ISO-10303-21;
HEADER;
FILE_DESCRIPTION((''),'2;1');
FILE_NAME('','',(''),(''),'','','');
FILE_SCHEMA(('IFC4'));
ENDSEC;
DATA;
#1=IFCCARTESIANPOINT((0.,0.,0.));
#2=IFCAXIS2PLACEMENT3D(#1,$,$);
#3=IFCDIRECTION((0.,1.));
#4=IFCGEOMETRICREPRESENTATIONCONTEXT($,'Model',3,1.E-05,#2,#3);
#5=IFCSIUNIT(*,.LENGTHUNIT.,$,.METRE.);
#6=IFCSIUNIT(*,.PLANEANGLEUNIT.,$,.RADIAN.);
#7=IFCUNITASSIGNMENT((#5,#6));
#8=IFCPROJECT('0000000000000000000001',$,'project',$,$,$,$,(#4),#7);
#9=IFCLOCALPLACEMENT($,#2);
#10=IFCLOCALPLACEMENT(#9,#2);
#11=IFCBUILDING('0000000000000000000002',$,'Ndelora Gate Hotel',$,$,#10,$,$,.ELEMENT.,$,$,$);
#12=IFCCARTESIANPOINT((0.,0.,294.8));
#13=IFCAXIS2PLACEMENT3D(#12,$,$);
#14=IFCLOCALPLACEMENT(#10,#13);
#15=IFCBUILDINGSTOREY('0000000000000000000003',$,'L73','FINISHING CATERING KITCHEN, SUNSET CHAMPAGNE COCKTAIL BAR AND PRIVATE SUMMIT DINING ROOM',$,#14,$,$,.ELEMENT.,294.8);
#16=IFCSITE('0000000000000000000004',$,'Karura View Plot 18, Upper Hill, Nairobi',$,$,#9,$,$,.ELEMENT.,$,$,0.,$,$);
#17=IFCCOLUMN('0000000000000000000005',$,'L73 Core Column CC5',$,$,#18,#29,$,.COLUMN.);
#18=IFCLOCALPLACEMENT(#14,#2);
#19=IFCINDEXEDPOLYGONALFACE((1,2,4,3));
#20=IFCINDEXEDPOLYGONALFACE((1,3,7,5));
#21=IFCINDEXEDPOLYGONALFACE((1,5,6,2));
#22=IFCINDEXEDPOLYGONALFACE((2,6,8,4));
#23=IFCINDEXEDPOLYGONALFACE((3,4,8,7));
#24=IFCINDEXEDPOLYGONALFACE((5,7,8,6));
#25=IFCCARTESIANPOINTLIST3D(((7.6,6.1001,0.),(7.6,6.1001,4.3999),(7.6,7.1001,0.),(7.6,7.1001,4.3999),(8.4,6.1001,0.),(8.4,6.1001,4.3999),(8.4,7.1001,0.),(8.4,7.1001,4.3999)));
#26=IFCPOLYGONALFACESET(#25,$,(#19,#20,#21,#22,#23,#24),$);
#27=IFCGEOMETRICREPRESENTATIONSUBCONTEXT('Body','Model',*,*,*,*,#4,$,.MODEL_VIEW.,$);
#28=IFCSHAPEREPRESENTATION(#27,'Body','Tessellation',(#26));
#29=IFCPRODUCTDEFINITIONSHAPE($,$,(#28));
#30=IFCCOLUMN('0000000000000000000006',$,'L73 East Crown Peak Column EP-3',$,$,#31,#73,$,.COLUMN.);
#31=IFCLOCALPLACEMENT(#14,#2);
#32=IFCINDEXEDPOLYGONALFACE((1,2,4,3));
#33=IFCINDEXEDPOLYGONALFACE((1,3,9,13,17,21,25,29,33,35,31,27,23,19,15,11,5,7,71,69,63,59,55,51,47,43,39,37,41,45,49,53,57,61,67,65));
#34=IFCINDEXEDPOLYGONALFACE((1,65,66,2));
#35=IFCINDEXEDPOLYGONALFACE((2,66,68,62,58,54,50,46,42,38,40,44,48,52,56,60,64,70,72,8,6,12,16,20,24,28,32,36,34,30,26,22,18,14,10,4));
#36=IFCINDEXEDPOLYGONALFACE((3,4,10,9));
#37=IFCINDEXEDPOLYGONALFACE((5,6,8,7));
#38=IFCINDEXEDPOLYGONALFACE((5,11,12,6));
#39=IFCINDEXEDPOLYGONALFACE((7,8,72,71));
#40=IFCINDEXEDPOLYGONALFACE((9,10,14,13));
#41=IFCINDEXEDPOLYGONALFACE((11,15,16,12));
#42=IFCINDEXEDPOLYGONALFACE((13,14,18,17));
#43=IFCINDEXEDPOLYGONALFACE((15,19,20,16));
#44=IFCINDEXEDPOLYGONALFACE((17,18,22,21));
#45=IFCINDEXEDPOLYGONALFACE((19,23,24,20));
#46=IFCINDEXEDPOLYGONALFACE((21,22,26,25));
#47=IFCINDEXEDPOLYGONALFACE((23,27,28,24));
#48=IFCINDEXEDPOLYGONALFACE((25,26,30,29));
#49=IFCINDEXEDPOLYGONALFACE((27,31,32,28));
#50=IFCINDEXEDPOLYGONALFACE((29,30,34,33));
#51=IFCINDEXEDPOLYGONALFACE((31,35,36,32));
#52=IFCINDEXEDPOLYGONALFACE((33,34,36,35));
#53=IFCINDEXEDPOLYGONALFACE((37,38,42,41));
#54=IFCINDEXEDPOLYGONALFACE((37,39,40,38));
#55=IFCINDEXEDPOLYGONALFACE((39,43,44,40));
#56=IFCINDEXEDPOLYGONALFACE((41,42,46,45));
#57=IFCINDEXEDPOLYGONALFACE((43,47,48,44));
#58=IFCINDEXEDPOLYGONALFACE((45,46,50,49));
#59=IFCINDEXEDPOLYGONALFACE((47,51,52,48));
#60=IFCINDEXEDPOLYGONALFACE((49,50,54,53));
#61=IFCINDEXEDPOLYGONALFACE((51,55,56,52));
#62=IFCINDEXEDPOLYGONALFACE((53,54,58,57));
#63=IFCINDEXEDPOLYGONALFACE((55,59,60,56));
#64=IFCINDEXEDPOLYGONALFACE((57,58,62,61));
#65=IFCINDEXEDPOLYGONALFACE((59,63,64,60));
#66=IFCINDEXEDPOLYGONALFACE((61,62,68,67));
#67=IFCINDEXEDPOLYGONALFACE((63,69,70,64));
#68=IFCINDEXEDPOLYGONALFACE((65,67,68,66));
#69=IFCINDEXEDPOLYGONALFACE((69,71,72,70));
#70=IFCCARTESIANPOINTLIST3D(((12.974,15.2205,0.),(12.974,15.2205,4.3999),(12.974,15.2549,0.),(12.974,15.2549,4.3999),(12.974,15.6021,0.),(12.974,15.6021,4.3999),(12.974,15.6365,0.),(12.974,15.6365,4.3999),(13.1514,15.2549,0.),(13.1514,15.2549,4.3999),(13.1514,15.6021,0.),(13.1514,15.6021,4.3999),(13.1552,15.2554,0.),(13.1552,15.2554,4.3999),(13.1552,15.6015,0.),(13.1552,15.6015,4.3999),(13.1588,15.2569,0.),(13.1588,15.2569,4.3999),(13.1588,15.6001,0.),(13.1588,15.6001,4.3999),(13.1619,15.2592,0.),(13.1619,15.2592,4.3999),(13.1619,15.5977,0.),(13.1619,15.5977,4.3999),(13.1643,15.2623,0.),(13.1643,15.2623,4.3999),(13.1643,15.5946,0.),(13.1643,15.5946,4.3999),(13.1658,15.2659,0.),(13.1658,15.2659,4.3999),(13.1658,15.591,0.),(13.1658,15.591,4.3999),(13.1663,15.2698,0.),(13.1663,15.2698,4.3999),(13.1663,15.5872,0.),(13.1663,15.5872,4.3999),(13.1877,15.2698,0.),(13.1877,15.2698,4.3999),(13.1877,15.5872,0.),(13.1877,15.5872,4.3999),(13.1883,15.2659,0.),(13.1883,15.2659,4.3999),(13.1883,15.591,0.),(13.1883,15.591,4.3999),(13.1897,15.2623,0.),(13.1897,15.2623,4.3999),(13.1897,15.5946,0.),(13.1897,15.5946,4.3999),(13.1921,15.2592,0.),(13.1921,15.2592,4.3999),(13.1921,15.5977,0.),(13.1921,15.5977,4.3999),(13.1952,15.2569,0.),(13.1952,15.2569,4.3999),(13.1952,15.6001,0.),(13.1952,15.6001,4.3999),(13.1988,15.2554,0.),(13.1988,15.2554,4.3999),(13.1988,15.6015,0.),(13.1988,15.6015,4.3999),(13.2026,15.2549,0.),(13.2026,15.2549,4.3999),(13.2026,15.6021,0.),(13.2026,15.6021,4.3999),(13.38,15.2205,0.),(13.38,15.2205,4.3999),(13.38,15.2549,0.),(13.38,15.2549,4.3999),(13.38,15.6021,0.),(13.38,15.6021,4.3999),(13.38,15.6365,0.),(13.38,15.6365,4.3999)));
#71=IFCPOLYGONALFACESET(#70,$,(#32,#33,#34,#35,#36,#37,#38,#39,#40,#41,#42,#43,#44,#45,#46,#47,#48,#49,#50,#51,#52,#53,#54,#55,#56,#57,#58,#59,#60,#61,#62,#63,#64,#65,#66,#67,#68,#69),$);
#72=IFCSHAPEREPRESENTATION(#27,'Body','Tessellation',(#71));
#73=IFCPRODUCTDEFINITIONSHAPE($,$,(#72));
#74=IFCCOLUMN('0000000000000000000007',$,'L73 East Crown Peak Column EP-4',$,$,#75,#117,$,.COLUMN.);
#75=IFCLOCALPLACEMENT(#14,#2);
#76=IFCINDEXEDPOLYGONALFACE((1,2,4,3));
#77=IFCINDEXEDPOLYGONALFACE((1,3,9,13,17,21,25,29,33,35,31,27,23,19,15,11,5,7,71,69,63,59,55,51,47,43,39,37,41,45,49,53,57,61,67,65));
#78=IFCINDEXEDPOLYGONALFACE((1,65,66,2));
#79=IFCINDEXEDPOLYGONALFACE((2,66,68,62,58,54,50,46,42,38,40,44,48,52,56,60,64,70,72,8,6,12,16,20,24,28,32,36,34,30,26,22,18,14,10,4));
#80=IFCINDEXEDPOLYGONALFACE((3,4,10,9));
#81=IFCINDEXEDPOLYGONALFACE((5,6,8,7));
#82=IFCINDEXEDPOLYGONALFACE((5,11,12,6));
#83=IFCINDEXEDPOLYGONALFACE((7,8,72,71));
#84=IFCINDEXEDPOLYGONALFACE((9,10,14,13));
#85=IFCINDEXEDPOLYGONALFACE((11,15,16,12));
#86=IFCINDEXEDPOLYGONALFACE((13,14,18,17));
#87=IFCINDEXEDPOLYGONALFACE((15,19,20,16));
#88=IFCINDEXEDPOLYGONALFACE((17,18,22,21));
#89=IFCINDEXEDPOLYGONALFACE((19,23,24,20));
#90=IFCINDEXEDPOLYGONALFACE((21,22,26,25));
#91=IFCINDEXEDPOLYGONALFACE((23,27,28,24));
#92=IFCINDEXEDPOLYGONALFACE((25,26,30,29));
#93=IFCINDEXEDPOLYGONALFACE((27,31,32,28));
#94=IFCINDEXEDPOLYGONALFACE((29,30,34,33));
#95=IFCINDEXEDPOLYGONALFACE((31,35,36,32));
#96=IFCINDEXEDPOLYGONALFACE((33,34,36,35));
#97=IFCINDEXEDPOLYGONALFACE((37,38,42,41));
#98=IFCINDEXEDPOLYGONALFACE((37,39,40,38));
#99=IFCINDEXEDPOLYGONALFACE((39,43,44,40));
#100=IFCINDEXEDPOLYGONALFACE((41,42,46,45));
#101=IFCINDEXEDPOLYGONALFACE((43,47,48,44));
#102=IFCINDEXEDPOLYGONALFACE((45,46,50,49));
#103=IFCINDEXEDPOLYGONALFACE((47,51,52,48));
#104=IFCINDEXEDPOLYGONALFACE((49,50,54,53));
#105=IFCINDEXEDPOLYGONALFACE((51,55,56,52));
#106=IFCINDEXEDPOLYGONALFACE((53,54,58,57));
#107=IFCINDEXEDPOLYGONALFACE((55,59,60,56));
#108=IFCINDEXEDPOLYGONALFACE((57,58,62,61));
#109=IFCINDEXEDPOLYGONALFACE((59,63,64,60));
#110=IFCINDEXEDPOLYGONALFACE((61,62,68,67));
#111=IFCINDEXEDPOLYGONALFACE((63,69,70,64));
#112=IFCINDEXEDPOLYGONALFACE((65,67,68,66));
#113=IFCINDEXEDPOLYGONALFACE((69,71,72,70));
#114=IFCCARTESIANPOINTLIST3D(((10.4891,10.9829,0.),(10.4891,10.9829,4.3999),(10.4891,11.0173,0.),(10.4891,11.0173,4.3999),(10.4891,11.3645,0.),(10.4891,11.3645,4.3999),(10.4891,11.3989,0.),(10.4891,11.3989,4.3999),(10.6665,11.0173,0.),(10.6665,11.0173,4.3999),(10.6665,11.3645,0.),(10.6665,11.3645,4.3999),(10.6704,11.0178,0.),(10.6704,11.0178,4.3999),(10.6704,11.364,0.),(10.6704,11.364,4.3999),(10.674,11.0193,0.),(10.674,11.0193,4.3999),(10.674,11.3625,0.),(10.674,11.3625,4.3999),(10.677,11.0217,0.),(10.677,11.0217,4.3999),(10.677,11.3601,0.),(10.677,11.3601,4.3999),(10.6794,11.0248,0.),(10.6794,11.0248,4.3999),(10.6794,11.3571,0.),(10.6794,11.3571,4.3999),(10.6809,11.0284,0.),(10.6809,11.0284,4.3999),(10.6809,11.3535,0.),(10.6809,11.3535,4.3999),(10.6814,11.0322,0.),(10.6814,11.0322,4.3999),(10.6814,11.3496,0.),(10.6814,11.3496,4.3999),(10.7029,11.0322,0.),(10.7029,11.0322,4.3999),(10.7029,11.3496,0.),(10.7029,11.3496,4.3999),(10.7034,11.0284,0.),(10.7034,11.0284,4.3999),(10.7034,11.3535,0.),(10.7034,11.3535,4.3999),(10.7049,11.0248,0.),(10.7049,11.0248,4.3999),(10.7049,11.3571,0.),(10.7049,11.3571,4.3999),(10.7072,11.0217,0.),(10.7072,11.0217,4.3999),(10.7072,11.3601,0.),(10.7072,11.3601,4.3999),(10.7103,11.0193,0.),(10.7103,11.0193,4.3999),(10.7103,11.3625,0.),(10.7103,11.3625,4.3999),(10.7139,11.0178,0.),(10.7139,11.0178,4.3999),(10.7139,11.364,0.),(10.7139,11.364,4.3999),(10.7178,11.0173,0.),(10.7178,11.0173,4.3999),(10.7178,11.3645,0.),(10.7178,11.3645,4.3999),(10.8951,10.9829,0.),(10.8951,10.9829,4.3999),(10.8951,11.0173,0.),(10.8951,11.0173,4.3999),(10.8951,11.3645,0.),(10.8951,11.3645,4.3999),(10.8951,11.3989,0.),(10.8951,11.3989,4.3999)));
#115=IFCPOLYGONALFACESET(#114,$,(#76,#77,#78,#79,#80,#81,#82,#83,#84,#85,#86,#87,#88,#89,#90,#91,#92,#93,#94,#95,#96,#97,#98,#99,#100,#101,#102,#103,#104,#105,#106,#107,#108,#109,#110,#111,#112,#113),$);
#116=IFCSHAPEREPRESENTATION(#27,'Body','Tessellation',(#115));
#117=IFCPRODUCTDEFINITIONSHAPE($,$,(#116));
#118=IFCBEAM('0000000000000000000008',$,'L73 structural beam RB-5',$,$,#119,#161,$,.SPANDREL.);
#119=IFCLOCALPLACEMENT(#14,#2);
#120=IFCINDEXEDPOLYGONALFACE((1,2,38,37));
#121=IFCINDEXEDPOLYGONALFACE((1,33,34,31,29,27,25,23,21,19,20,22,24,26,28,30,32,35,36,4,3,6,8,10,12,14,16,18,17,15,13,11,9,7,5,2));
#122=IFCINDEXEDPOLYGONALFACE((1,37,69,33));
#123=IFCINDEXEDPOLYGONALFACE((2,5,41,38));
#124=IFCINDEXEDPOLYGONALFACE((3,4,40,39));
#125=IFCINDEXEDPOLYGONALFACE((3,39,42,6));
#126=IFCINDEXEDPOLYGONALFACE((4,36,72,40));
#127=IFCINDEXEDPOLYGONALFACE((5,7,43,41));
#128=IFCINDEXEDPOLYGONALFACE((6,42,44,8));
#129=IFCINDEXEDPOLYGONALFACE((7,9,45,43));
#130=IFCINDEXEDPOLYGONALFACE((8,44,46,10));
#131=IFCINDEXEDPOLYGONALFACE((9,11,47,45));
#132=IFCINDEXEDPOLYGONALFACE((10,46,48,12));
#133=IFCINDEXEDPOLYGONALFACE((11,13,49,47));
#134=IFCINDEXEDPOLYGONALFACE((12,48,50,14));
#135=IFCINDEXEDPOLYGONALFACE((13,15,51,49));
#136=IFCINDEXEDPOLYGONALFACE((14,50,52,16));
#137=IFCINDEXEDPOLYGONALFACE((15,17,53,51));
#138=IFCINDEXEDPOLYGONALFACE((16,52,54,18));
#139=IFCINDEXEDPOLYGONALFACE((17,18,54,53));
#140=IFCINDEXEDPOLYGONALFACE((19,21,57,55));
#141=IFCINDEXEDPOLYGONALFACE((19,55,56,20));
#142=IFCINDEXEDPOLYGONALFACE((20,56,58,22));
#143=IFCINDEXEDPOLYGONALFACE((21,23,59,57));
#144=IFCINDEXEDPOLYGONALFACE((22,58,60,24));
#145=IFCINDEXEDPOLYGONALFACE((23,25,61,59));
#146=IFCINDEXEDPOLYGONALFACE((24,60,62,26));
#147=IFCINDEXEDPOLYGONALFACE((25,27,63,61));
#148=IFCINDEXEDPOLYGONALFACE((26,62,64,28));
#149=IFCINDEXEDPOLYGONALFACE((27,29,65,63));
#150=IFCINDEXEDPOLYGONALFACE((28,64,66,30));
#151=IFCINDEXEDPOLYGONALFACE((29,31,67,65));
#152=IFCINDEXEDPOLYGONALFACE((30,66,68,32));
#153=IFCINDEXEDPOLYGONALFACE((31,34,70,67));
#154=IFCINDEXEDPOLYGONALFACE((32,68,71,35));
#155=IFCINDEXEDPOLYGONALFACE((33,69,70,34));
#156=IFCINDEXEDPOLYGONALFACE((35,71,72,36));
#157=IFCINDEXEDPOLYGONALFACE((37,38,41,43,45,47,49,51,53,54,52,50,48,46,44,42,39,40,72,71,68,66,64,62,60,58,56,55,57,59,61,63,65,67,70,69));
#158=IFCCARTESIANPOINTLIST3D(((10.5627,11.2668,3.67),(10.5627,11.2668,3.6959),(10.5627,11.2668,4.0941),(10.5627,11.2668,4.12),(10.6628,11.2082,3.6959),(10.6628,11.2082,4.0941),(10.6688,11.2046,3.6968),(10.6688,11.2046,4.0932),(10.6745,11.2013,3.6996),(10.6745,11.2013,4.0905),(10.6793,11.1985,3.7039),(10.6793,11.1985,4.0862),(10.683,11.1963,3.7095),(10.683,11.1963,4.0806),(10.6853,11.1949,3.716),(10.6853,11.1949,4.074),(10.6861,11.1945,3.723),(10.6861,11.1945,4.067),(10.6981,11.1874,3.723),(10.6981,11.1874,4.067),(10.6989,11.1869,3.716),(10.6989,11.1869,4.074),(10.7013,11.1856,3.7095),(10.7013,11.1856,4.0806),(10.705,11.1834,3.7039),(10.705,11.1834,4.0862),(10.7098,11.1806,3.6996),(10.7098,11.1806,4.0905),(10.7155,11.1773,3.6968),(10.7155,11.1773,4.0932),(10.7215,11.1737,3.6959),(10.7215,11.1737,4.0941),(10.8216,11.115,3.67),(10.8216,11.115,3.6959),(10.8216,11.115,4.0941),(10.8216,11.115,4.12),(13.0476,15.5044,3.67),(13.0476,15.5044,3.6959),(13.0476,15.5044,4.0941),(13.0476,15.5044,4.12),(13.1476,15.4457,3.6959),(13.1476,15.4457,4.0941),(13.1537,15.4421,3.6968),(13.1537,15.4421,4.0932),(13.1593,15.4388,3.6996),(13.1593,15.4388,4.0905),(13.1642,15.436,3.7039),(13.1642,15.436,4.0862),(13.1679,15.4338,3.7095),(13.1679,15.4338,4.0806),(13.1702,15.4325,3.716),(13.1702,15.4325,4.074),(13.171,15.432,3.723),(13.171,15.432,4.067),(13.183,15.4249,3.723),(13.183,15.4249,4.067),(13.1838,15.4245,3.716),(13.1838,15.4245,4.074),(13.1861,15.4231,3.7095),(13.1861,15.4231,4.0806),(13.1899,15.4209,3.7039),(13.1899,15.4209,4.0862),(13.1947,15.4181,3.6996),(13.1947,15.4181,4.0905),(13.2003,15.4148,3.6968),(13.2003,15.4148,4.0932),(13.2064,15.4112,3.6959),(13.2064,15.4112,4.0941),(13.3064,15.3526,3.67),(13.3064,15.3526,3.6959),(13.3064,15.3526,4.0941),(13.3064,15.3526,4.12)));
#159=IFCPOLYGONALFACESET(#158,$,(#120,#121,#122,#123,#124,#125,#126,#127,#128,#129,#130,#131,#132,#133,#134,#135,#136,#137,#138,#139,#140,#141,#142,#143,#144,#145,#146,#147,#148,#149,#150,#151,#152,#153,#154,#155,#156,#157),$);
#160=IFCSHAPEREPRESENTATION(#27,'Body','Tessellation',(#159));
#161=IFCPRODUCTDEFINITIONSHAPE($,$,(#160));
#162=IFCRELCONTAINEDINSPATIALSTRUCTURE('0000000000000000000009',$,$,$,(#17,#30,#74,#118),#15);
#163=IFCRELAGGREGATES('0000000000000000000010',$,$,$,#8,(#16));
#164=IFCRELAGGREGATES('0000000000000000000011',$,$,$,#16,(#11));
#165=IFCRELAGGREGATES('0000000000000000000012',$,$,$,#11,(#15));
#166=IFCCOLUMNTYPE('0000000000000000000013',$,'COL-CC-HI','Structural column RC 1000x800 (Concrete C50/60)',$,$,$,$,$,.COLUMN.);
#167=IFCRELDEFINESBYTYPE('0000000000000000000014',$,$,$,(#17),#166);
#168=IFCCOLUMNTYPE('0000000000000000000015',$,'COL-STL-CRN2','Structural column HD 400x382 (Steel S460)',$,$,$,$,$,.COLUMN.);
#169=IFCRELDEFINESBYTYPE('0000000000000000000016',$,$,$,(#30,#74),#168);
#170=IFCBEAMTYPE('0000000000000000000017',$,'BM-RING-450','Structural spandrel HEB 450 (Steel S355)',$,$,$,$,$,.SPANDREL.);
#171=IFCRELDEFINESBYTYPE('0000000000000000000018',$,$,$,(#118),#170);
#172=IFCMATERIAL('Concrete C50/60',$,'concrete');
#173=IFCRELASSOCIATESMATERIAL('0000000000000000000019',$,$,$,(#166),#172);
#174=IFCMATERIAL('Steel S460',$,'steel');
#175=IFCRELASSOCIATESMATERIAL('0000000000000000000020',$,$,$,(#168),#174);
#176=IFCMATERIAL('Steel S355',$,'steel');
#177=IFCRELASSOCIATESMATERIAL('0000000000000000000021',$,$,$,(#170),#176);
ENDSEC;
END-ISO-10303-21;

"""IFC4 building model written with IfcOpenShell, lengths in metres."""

from ifc_helpers import new_model, si_unit, direction, frame, origin, origin_2d, place, context, subcontext, project, spatial, rectangle, i_section, extrude, material, material_profile, profile_set, type_object, element, save


model = new_model("IFC4")

# Units and contexts
model_context = context("Model", 3, precision=1e-05, world=origin(), true_north=direction((0.0, 1.0)))
body_context = subcontext(model_context, "Body", "Model", "MODEL_VIEW")
ifc_project = project(units=[si_unit("LENGTHUNIT", "METRE"), si_unit("PLANEANGLEUNIT", "RADIAN")], contexts=[model_context])

# Site, building, storey
site_placement = place(None, origin())
site = spatial("IfcSite", under=ifc_project, at=site_placement, Name="Karura View Plot 18, Upper Hill, Nairobi", CompositionType="ELEMENT", RefElevation=0.0)
building_placement = place(site_placement, origin())
building = spatial("IfcBuilding", under=site, at=building_placement, Name="Ndelora Gate Hotel", CompositionType="ELEMENT")
storey_placement = place(building_placement, frame((0.0, 0.0, 294.8)))
storey = spatial("IfcBuildingStorey", under=building, at=storey_placement, Name="L73", Description="FINISHING CATERING KITCHEN, SUNSET CHAMPAGNE COCKTAIL BAR AND PRIVATE SUMMIT DINING ROOM", CompositionType="ELEMENT", Elevation=294.8)

# Columns
ifc_material_1 = material(Name="Concrete C50/60", Category="concrete")
ifc_material_profile_1 = material_profile(ifc_material_1, rectangle(XDim=0.8, YDim=1.0, at=origin_2d()), Name="RC 1000x800")
ifc_profile_set_1 = profile_set([ifc_material_profile_1], Name="Concrete C50/60")
column_type_1 = type_object("IfcColumnType", Name="COL-CC-HI", Description="Structural column RC 1000x800 (Concrete C50/60)", PredefinedType="COLUMN", material=ifc_profile_set_1)
column_placement = place(storey_placement, frame((8.0, 6.6001, 0.0), z_axis=(0.0, 0.0, 1.0), x_axis=(1.0, 0.0, 0.0)))
element("IfcColumn", 1, at=column_placement, inside=storey, type_object=column_type_1, Name="L73 Core Column CC5", PredefinedType="COLUMN", context=body_context, shape_type="SweptSolid", body=[
    extrude(rectangle(XDim=0.8, YDim=1.0, at=origin_2d()), origin(), (0.0, 0.0, 1.0), 4.3999),
])
ifc_material_2 = material(Name="Steel S460", Category="steel")
ifc_material_profile_2 = material_profile(ifc_material_2, i_section(OverallWidth=0.406, OverallDepth=0.416, WebThickness=0.0215, FlangeThickness=0.0344, FilletRadius=0.0149, at=origin_2d()), Name="HD 400x382")
ifc_profile_set_2 = profile_set([ifc_material_profile_2], Name="Steel S460")
column_type_2 = type_object("IfcColumnType", Name="COL-STL-CRN2", Description="Structural column HD 400x382 (Steel S460)", PredefinedType="COLUMN", material=ifc_profile_set_2)
for number, where, z_axis, x_axis, name in (
    (2, (13.177, 15.4285, 0.0), (0.0, 0.0, 1.0), (1.0, 0.0, 0.0), "L73 East Crown Peak Column EP-3"),
    (3, (10.6921, 11.1909, 0.0), (0.0, 0.0, 1.0), (1.0, 0.0, 0.0), "L73 East Crown Peak Column EP-4"),
):
    element("IfcColumn", number, at=place(storey_placement, frame(where, z_axis=z_axis, x_axis=x_axis)), inside=storey, type_object=column_type_2, Name=name, PredefinedType="COLUMN", context=body_context, shape_type="SweptSolid", body=[
        extrude(i_section(OverallWidth=0.406, OverallDepth=0.416, WebThickness=0.0215, FlangeThickness=0.0344, FilletRadius=0.0149, at=origin_2d()), origin(), (0.0, 0.0, 1.0), 4.3999),
    ])

# Beam
ifc_material_3 = material(Name="Steel S355", Category="steel")
ifc_material_profile_3 = material_profile(ifc_material_3, i_section(OverallWidth=0.3, OverallDepth=0.45, WebThickness=0.0139, FlangeThickness=0.0259, FilletRadius=0.0271, at=origin_2d()), Name="HEB 450")
ifc_profile_set_3 = profile_set([ifc_material_profile_3], Name="Steel S355")
beam_type = type_object("IfcBeamType", Name="BM-RING-450", Description="Structural spandrel HEB 450 (Steel S355)", PredefinedType="SPANDREL", material=ifc_profile_set_3)
beam_1_placement = place(storey_placement, frame((13.177, 15.4285, 3.895), z_axis=(-0.505838, -0.862628, 0.0), x_axis=(0.862628, -0.505838, 0.0)))
element("IfcBeam", 4, at=beam_1_placement, inside=storey, type_object=beam_type, Name="L73 structural beam RB-5", PredefinedType="SPANDREL", context=body_context, shape_type="SweptSolid", body=[
    extrude(i_section(OverallWidth=0.3, OverallDepth=0.45, WebThickness=0.0139, FlangeThickness=0.0259, FilletRadius=0.0271, at=origin_2d()), origin(), (0.0, 0.0, 1.0), 4.9124),
])

save(model, "model.ifc")
